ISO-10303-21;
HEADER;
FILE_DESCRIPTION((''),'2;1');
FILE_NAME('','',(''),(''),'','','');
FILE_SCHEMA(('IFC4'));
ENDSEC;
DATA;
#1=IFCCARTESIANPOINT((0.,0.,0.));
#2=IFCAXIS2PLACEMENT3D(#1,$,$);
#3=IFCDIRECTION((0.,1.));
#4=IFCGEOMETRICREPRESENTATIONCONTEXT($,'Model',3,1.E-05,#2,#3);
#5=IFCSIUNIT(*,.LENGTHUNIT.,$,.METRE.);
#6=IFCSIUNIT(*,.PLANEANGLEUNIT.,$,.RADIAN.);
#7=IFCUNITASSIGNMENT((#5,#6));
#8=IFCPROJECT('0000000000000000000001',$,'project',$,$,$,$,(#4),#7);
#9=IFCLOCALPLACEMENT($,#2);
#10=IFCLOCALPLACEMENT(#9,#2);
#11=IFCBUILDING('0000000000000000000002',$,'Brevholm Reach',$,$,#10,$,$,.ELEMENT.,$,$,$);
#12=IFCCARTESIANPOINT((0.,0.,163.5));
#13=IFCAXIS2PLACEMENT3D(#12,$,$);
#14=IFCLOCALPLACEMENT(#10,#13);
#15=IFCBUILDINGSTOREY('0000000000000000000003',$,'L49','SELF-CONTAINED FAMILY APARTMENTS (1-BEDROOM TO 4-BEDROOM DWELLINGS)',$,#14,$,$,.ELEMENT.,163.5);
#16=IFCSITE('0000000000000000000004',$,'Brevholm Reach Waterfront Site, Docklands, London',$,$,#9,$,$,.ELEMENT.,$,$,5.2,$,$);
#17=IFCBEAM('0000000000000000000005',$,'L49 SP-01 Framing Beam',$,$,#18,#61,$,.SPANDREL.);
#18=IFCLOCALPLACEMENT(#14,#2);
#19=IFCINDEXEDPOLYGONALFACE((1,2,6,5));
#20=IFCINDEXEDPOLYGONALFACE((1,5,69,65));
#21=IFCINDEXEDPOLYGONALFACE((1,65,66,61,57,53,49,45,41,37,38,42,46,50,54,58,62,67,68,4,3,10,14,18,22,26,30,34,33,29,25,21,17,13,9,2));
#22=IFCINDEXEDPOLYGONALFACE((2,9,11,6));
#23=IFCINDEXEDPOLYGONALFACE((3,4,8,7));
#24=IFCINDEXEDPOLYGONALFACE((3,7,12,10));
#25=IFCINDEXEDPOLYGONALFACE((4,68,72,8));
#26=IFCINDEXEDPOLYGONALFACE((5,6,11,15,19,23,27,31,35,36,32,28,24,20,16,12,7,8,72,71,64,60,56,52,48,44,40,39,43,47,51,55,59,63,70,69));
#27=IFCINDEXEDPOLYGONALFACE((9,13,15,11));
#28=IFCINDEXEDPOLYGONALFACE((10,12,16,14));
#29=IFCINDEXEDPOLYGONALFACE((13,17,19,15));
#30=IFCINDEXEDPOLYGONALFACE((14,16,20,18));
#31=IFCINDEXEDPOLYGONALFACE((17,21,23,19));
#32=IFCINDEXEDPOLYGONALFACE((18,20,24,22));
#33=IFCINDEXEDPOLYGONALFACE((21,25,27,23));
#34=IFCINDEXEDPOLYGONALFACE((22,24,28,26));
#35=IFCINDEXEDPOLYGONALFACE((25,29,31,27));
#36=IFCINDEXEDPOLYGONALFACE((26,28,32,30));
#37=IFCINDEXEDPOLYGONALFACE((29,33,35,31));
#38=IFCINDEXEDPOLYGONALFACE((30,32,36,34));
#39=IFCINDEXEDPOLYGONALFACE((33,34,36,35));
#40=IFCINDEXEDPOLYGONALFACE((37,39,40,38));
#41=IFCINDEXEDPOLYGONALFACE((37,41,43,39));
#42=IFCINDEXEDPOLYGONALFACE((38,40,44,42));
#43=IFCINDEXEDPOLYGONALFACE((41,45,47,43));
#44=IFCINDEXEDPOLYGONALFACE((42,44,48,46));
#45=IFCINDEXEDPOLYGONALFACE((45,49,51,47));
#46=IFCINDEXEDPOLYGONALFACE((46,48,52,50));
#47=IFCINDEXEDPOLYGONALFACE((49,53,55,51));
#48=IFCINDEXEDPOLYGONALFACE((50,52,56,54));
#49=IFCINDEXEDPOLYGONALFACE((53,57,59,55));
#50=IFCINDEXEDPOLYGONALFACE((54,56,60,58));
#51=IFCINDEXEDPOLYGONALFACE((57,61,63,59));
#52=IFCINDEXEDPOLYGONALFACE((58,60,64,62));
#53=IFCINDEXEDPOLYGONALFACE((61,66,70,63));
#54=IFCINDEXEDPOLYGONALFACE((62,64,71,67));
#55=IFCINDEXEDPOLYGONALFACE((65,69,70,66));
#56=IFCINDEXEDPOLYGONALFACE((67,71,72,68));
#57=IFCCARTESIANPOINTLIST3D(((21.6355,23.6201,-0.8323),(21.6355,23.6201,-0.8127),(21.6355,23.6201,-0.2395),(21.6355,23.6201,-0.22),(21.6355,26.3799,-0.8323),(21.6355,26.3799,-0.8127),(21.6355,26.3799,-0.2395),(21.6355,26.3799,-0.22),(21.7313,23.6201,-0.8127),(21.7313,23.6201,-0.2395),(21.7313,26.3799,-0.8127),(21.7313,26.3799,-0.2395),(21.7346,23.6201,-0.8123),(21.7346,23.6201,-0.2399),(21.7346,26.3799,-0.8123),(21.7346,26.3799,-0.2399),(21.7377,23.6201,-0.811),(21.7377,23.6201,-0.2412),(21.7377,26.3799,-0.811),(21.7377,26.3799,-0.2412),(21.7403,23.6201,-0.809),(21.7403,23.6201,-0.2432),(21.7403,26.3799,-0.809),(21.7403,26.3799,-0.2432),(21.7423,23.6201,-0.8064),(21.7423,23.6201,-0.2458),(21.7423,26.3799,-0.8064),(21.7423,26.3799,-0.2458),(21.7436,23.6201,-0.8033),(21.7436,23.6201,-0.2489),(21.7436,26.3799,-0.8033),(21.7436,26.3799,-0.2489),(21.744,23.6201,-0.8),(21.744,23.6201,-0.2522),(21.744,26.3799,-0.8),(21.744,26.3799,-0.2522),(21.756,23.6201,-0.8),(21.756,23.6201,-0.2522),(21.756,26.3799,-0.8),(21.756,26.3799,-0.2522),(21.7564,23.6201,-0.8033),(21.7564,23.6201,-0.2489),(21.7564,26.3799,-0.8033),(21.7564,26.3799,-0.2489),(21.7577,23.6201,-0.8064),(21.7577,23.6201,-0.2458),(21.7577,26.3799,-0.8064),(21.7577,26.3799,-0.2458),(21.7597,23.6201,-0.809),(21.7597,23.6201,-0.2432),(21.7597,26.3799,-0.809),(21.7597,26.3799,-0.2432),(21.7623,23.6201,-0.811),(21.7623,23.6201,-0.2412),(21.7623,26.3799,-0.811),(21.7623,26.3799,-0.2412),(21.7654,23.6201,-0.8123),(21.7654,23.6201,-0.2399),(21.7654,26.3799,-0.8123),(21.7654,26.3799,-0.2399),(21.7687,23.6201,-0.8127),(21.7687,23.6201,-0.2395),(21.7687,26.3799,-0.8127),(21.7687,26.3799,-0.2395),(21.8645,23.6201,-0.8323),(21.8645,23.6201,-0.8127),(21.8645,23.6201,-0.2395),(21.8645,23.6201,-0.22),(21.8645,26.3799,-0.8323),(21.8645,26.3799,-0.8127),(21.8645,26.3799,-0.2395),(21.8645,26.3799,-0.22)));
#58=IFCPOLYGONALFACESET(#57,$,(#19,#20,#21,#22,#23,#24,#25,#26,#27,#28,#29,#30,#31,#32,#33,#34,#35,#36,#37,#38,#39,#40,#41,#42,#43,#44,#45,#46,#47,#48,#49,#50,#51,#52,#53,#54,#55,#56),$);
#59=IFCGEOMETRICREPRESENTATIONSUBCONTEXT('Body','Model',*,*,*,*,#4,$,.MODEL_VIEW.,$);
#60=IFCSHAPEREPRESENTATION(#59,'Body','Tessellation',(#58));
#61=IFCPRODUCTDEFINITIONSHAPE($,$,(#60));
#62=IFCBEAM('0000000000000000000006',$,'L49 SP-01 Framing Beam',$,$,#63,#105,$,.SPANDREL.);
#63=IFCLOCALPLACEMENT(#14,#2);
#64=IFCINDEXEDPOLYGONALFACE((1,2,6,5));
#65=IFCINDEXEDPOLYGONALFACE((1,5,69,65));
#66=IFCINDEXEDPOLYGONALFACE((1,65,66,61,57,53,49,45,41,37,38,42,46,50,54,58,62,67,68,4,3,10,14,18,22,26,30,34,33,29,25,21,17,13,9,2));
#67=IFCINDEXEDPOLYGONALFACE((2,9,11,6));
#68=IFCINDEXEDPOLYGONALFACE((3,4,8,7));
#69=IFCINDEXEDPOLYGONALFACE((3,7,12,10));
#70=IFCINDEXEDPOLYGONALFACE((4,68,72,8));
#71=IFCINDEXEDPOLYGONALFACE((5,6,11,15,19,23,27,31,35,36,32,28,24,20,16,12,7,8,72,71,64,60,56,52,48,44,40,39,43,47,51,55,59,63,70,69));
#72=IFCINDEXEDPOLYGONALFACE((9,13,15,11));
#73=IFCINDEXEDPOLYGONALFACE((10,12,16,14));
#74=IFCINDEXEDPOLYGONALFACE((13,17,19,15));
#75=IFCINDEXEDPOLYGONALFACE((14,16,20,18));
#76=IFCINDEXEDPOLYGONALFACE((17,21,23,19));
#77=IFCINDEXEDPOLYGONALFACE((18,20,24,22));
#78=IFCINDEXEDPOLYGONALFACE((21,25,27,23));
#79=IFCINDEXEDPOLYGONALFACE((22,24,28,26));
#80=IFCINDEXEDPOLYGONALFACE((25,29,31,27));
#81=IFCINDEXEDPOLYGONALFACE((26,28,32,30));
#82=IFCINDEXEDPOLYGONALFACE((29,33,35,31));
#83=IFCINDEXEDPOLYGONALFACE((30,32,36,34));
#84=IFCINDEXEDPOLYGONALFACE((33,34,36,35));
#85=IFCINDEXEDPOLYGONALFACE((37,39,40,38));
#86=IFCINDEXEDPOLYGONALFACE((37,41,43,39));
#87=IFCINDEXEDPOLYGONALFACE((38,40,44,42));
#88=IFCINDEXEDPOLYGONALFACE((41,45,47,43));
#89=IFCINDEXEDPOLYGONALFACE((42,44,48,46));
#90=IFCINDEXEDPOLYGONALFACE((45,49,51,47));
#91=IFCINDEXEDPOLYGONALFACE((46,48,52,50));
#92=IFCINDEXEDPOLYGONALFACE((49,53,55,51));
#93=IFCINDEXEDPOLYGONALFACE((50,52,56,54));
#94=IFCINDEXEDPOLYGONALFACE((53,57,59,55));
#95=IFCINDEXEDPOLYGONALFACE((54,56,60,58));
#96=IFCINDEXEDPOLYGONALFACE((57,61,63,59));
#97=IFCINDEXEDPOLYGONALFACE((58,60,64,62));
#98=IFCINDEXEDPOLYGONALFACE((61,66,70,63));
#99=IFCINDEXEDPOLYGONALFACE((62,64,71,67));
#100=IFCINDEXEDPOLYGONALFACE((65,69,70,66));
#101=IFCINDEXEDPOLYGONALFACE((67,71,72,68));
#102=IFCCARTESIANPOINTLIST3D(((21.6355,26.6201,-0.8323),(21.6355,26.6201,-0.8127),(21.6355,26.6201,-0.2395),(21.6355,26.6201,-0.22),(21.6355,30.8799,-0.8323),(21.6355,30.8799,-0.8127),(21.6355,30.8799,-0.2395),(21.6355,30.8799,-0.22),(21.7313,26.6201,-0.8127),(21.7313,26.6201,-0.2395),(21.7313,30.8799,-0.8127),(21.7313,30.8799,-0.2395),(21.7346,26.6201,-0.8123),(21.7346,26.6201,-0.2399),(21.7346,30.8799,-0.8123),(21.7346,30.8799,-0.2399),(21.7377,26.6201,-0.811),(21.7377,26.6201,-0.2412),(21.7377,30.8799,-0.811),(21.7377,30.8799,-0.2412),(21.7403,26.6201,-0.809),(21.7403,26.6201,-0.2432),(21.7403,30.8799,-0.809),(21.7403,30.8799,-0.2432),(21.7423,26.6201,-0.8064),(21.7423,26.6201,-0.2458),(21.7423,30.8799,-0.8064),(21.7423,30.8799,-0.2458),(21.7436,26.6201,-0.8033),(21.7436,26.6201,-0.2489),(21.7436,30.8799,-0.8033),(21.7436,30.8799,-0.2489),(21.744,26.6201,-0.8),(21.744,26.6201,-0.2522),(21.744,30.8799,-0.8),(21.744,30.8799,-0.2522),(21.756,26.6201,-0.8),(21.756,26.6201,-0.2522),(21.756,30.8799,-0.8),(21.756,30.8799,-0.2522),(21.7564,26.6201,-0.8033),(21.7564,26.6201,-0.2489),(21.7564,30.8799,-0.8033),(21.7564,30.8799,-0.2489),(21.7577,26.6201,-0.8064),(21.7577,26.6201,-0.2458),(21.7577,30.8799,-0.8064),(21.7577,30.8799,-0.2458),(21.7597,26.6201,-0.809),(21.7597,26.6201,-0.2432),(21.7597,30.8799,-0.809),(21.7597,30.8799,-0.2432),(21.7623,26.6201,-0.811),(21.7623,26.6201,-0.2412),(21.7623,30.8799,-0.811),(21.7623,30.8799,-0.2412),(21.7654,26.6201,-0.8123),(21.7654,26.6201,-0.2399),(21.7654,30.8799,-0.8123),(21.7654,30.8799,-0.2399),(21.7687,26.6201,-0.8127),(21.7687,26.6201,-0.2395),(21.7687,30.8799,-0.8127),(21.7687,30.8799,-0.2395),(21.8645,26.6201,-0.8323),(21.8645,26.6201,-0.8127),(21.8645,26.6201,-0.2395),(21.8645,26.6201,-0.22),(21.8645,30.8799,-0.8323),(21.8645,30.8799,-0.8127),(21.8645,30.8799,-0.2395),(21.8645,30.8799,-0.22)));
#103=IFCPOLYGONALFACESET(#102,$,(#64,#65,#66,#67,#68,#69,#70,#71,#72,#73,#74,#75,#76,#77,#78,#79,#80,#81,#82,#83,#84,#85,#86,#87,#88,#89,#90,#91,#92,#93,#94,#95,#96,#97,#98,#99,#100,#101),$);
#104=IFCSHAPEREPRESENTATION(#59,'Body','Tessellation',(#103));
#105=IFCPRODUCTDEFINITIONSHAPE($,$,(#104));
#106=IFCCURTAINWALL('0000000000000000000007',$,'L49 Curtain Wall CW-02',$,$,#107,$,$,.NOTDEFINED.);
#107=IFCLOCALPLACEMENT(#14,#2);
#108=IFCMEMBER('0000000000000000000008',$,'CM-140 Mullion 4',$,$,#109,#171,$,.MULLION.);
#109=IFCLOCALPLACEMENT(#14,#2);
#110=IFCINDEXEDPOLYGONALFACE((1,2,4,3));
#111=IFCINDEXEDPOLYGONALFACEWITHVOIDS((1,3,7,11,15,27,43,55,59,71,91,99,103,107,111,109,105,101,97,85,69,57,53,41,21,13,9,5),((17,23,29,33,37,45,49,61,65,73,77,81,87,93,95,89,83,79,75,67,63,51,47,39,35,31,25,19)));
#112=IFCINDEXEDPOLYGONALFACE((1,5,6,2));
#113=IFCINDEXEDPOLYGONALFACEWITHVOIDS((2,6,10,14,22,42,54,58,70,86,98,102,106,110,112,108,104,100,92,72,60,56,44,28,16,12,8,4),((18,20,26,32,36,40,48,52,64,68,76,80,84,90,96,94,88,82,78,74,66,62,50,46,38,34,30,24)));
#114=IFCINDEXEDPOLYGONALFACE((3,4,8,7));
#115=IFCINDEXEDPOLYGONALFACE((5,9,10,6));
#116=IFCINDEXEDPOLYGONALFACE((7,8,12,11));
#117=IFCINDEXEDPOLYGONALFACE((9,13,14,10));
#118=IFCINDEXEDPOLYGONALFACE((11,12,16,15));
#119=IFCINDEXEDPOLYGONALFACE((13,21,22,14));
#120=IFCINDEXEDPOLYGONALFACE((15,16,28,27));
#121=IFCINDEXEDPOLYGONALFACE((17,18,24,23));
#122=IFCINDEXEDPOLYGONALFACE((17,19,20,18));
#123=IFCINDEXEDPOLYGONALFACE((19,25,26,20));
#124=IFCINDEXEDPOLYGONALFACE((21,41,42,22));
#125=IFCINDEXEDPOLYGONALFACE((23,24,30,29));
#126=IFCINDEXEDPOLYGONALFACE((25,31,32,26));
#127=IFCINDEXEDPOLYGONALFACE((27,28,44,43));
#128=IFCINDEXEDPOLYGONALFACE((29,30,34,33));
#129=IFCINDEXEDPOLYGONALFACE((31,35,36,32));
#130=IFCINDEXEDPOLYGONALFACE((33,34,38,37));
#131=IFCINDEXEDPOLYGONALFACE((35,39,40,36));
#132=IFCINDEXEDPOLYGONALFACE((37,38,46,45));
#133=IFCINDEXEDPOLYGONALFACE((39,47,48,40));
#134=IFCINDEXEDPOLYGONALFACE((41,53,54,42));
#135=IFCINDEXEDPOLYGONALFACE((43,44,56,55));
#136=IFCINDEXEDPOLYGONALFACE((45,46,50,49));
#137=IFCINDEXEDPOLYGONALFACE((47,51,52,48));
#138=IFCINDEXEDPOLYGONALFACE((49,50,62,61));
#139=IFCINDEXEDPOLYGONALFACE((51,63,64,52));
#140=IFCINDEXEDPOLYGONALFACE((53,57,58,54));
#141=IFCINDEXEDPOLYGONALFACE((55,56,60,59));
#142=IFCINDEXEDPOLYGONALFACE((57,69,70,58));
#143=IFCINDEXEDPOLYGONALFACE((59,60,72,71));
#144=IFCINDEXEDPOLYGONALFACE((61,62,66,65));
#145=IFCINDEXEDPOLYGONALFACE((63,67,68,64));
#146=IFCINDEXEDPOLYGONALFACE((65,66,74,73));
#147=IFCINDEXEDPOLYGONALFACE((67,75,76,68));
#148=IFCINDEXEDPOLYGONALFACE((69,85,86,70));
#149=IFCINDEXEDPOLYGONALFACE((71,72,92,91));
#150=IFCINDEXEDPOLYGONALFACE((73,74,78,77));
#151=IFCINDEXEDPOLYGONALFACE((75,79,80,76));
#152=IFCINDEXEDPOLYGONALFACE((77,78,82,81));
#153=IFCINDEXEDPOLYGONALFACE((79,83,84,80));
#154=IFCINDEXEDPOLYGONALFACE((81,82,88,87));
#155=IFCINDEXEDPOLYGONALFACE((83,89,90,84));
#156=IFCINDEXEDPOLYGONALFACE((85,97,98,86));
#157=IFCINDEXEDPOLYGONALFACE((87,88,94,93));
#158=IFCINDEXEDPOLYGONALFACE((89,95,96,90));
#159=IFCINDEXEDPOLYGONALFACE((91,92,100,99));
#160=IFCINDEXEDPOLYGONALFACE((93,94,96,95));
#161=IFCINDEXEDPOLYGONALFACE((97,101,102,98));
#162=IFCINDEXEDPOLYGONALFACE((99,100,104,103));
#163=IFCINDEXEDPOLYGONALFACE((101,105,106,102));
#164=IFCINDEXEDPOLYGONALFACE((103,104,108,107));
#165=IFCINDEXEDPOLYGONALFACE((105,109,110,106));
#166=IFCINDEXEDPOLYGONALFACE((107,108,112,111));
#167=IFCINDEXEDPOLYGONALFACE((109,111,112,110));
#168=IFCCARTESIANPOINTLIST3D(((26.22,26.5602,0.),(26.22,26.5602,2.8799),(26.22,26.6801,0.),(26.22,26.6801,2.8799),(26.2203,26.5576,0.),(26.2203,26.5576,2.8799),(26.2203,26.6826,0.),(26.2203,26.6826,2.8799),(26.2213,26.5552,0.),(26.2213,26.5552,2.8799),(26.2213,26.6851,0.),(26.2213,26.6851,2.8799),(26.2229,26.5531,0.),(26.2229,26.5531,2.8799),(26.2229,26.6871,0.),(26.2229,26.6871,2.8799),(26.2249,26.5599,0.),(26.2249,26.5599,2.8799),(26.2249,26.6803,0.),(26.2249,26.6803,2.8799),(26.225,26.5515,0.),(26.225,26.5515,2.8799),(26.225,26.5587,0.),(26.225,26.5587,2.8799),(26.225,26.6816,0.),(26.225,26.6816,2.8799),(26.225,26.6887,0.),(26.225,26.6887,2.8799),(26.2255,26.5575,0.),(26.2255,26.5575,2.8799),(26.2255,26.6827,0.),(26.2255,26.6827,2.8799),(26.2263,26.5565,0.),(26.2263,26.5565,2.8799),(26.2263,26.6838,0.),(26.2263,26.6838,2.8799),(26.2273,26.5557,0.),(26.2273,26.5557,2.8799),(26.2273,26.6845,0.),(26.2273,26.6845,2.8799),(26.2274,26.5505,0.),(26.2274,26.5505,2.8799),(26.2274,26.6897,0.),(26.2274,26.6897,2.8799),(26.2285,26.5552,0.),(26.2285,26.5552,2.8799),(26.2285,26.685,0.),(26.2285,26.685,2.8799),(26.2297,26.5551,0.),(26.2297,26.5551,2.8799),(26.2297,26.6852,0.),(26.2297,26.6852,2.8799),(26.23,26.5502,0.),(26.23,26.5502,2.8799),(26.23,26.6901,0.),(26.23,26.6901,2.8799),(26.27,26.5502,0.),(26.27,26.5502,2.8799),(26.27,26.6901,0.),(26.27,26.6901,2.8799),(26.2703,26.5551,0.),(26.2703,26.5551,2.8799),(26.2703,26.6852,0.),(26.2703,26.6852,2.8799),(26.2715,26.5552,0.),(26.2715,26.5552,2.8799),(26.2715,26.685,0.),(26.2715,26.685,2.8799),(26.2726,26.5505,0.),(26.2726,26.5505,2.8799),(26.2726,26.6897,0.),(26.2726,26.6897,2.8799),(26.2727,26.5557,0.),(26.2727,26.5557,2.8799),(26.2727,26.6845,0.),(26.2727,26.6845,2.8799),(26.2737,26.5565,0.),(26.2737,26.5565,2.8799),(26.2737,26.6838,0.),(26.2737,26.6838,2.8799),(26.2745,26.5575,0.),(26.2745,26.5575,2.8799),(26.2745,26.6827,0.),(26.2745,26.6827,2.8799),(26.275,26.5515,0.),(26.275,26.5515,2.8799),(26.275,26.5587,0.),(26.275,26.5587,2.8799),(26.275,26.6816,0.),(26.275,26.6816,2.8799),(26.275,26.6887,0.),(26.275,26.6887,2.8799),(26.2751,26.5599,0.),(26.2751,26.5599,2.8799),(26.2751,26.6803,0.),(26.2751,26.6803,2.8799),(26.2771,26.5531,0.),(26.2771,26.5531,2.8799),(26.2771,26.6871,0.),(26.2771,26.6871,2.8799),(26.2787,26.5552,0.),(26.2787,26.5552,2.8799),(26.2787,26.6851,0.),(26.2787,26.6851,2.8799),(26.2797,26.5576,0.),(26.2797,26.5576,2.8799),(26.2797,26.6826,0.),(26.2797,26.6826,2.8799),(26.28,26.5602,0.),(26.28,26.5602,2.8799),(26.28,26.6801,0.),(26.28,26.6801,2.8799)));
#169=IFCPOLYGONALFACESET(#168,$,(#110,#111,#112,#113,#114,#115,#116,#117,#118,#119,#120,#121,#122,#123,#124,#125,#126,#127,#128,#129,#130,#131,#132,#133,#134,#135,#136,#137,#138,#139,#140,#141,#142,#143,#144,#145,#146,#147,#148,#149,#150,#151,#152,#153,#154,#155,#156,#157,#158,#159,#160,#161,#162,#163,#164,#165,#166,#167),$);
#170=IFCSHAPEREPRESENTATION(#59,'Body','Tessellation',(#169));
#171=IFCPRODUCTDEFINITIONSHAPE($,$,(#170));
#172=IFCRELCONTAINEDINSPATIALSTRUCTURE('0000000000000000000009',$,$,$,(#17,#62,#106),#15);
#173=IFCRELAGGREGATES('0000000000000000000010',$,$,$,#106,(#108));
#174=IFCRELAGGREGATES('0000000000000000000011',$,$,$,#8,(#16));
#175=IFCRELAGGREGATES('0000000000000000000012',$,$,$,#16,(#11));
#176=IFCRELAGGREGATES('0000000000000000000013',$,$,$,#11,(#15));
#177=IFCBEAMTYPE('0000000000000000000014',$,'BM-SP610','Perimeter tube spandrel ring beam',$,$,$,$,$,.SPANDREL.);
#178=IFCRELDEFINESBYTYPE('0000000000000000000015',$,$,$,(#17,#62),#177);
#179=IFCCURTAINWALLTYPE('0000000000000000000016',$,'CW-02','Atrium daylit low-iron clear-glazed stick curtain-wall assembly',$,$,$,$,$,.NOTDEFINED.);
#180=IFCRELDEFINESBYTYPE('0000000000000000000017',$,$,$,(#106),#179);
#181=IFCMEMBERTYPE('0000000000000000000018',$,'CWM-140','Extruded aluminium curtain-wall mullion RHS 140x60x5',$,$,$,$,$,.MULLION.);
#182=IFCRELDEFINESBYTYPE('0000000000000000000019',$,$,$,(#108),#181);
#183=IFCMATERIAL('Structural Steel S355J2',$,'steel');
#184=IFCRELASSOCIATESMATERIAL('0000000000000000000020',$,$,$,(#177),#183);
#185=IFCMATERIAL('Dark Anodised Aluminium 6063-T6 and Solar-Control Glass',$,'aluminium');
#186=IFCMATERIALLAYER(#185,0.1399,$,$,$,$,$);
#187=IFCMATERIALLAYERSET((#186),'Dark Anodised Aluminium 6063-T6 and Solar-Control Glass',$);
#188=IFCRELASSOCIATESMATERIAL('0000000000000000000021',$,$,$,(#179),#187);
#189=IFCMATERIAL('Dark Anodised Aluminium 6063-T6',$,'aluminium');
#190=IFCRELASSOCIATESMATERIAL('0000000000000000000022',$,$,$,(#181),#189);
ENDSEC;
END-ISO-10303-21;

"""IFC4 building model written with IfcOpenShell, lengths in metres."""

from ifc_helpers import new_model, si_unit, direction, frame, origin, origin_2d, place, context, subcontext, project, spatial, hollow_rectangle, i_section, extrude, material, layer, layer_set, material_profile, profile_set, type_object, element, aggregate, save


model = new_model("IFC4")

# Units and contexts
model_context = context("Model", 3, precision=1e-05, world=origin(), true_north=direction((0.0, 1.0)))
body_context = subcontext(model_context, "Body", "Model", "MODEL_VIEW")
ifc_project = project(units=[si_unit("LENGTHUNIT", "METRE"), si_unit("PLANEANGLEUNIT", "RADIAN")], contexts=[model_context])

# Site, building, storey
site_placement = place(None, origin())
site = spatial("IfcSite", under=ifc_project, at=site_placement, Name="Brevholm Reach Waterfront Site, Docklands, London", CompositionType="ELEMENT", RefElevation=5.2)
building_placement = place(site_placement, origin())
building = spatial("IfcBuilding", under=site, at=building_placement, Name="Brevholm Reach", CompositionType="ELEMENT")
storey_placement = place(building_placement, frame((0.0, 0.0, 163.5)))
storey = spatial("IfcBuildingStorey", under=building, at=storey_placement, Name="L49", Description="SELF-CONTAINED FAMILY APARTMENTS (1-BEDROOM TO 4-BEDROOM DWELLINGS)", CompositionType="ELEMENT", Elevation=163.5)

# Beams
ifc_material_1 = material(Name="Structural Steel S355J2", Category="steel")
ifc_material_profile_1 = material_profile(ifc_material_1, i_section(OverallWidth=0.229, OverallDepth=0.6123, WebThickness=0.012, FlangeThickness=0.0195, FilletRadius=0.0127, at=origin_2d()), Name="UKB 610x229x125")
ifc_profile_set_1 = profile_set([ifc_material_profile_1], Name="Structural Steel S355J2")
beam_type_1 = type_object("IfcBeamType", Name="BM-SP610", Description="Perimeter tube spandrel ring beam", PredefinedType="SPANDREL", material=ifc_profile_set_1)
beam_1_placement = place(storey_placement, frame((21.75, 23.6201, -0.5261), z_axis=(0.0, 1.0, 0.0), x_axis=(-1.0, 0.0, 0.0)))
element("IfcBeam", 1, at=beam_1_placement, inside=storey, type_object=beam_type_1, Name="L49 SP-01 Framing Beam", PredefinedType="SPANDREL", context=body_context, shape_type="SweptSolid", body=[
    extrude(i_section(OverallWidth=0.229, OverallDepth=0.6123, WebThickness=0.012, FlangeThickness=0.0195, FilletRadius=0.0127, at=origin_2d()), origin(), (0.0, 0.0, 1.0), 2.7598),
])
beam_2_placement = place(storey_placement, frame((21.75, 26.6201, -0.5261), z_axis=(0.0, 1.0, 0.0), x_axis=(-1.0, 0.0, 0.0)))
element("IfcBeam", 2, at=beam_2_placement, inside=storey, type_object=beam_type_1, Name="L49 SP-01 Framing Beam", PredefinedType="SPANDREL", context=body_context, shape_type="SweptSolid", body=[
    extrude(i_section(OverallWidth=0.229, OverallDepth=0.6123, WebThickness=0.012, FlangeThickness=0.0195, FilletRadius=0.0127, at=origin_2d()), origin(), (0.0, 0.0, 1.0), 4.2598),
])

# Curtain wall, member
ifc_material_2 = material(Name="Dark Anodised Aluminium 6063-T6 and Solar-Control Glass", Category="aluminium")
ifc_layer_1 = layer(ifc_material_2, 0.1399)
ifc_layer_set_1 = layer_set([ifc_layer_1], Name="Dark Anodised Aluminium 6063-T6 and Solar-Control Glass")
curtain_wall_type = type_object("IfcCurtainWallType", Name="CW-02", Description="Atrium daylit low-iron clear-glazed stick curtain-wall assembly", PredefinedType="NOTDEFINED", material=ifc_layer_set_1)
curtain_wall_placement = place(storey_placement, origin())
curtain_wall = element("IfcCurtainWall", 3, at=curtain_wall_placement, inside=storey, type_object=curtain_wall_type, Name="L49 Curtain Wall CW-02", PredefinedType="NOTDEFINED")
ifc_material_3 = material(Name="Dark Anodised Aluminium 6063-T6", Category="aluminium")
ifc_material_profile_2 = material_profile(ifc_material_3, hollow_rectangle(XDim=0.0601, YDim=0.1399, WallThickness=0.0049, InnerFilletRadius=0.0049, OuterFilletRadius=0.01, at=origin_2d()), Name="RHS 140x60x5")
ifc_profile_set_2 = profile_set([ifc_material_profile_2], Name="Dark Anodised Aluminium 6063-T6")
member_type_1 = type_object("IfcMemberType", Name="CWM-140", Description="Extruded aluminium curtain-wall mullion RHS 140x60x5", PredefinedType="MULLION", material=ifc_profile_set_2)
member_1_placement = place(storey_placement, frame((26.25, 26.6201, 0.0), z_axis=(0.0, 0.0, 1.0), x_axis=(-1.0, 0.0, 0.0)))
member_1 = element("IfcMember", 4, at=member_1_placement, type_object=member_type_1, Name="CM-140 Mullion 4", PredefinedType="MULLION", context=body_context, shape_type="SweptSolid", body=[
    extrude(hollow_rectangle(XDim=0.0601, YDim=0.1399, WallThickness=0.0049, InnerFilletRadius=0.0049, OuterFilletRadius=0.01, at=origin_2d()), origin(), (0.0, 0.0, 1.0), 2.8799),
])
aggregate(curtain_wall, [member_1])

save(model, "model.ifc")
